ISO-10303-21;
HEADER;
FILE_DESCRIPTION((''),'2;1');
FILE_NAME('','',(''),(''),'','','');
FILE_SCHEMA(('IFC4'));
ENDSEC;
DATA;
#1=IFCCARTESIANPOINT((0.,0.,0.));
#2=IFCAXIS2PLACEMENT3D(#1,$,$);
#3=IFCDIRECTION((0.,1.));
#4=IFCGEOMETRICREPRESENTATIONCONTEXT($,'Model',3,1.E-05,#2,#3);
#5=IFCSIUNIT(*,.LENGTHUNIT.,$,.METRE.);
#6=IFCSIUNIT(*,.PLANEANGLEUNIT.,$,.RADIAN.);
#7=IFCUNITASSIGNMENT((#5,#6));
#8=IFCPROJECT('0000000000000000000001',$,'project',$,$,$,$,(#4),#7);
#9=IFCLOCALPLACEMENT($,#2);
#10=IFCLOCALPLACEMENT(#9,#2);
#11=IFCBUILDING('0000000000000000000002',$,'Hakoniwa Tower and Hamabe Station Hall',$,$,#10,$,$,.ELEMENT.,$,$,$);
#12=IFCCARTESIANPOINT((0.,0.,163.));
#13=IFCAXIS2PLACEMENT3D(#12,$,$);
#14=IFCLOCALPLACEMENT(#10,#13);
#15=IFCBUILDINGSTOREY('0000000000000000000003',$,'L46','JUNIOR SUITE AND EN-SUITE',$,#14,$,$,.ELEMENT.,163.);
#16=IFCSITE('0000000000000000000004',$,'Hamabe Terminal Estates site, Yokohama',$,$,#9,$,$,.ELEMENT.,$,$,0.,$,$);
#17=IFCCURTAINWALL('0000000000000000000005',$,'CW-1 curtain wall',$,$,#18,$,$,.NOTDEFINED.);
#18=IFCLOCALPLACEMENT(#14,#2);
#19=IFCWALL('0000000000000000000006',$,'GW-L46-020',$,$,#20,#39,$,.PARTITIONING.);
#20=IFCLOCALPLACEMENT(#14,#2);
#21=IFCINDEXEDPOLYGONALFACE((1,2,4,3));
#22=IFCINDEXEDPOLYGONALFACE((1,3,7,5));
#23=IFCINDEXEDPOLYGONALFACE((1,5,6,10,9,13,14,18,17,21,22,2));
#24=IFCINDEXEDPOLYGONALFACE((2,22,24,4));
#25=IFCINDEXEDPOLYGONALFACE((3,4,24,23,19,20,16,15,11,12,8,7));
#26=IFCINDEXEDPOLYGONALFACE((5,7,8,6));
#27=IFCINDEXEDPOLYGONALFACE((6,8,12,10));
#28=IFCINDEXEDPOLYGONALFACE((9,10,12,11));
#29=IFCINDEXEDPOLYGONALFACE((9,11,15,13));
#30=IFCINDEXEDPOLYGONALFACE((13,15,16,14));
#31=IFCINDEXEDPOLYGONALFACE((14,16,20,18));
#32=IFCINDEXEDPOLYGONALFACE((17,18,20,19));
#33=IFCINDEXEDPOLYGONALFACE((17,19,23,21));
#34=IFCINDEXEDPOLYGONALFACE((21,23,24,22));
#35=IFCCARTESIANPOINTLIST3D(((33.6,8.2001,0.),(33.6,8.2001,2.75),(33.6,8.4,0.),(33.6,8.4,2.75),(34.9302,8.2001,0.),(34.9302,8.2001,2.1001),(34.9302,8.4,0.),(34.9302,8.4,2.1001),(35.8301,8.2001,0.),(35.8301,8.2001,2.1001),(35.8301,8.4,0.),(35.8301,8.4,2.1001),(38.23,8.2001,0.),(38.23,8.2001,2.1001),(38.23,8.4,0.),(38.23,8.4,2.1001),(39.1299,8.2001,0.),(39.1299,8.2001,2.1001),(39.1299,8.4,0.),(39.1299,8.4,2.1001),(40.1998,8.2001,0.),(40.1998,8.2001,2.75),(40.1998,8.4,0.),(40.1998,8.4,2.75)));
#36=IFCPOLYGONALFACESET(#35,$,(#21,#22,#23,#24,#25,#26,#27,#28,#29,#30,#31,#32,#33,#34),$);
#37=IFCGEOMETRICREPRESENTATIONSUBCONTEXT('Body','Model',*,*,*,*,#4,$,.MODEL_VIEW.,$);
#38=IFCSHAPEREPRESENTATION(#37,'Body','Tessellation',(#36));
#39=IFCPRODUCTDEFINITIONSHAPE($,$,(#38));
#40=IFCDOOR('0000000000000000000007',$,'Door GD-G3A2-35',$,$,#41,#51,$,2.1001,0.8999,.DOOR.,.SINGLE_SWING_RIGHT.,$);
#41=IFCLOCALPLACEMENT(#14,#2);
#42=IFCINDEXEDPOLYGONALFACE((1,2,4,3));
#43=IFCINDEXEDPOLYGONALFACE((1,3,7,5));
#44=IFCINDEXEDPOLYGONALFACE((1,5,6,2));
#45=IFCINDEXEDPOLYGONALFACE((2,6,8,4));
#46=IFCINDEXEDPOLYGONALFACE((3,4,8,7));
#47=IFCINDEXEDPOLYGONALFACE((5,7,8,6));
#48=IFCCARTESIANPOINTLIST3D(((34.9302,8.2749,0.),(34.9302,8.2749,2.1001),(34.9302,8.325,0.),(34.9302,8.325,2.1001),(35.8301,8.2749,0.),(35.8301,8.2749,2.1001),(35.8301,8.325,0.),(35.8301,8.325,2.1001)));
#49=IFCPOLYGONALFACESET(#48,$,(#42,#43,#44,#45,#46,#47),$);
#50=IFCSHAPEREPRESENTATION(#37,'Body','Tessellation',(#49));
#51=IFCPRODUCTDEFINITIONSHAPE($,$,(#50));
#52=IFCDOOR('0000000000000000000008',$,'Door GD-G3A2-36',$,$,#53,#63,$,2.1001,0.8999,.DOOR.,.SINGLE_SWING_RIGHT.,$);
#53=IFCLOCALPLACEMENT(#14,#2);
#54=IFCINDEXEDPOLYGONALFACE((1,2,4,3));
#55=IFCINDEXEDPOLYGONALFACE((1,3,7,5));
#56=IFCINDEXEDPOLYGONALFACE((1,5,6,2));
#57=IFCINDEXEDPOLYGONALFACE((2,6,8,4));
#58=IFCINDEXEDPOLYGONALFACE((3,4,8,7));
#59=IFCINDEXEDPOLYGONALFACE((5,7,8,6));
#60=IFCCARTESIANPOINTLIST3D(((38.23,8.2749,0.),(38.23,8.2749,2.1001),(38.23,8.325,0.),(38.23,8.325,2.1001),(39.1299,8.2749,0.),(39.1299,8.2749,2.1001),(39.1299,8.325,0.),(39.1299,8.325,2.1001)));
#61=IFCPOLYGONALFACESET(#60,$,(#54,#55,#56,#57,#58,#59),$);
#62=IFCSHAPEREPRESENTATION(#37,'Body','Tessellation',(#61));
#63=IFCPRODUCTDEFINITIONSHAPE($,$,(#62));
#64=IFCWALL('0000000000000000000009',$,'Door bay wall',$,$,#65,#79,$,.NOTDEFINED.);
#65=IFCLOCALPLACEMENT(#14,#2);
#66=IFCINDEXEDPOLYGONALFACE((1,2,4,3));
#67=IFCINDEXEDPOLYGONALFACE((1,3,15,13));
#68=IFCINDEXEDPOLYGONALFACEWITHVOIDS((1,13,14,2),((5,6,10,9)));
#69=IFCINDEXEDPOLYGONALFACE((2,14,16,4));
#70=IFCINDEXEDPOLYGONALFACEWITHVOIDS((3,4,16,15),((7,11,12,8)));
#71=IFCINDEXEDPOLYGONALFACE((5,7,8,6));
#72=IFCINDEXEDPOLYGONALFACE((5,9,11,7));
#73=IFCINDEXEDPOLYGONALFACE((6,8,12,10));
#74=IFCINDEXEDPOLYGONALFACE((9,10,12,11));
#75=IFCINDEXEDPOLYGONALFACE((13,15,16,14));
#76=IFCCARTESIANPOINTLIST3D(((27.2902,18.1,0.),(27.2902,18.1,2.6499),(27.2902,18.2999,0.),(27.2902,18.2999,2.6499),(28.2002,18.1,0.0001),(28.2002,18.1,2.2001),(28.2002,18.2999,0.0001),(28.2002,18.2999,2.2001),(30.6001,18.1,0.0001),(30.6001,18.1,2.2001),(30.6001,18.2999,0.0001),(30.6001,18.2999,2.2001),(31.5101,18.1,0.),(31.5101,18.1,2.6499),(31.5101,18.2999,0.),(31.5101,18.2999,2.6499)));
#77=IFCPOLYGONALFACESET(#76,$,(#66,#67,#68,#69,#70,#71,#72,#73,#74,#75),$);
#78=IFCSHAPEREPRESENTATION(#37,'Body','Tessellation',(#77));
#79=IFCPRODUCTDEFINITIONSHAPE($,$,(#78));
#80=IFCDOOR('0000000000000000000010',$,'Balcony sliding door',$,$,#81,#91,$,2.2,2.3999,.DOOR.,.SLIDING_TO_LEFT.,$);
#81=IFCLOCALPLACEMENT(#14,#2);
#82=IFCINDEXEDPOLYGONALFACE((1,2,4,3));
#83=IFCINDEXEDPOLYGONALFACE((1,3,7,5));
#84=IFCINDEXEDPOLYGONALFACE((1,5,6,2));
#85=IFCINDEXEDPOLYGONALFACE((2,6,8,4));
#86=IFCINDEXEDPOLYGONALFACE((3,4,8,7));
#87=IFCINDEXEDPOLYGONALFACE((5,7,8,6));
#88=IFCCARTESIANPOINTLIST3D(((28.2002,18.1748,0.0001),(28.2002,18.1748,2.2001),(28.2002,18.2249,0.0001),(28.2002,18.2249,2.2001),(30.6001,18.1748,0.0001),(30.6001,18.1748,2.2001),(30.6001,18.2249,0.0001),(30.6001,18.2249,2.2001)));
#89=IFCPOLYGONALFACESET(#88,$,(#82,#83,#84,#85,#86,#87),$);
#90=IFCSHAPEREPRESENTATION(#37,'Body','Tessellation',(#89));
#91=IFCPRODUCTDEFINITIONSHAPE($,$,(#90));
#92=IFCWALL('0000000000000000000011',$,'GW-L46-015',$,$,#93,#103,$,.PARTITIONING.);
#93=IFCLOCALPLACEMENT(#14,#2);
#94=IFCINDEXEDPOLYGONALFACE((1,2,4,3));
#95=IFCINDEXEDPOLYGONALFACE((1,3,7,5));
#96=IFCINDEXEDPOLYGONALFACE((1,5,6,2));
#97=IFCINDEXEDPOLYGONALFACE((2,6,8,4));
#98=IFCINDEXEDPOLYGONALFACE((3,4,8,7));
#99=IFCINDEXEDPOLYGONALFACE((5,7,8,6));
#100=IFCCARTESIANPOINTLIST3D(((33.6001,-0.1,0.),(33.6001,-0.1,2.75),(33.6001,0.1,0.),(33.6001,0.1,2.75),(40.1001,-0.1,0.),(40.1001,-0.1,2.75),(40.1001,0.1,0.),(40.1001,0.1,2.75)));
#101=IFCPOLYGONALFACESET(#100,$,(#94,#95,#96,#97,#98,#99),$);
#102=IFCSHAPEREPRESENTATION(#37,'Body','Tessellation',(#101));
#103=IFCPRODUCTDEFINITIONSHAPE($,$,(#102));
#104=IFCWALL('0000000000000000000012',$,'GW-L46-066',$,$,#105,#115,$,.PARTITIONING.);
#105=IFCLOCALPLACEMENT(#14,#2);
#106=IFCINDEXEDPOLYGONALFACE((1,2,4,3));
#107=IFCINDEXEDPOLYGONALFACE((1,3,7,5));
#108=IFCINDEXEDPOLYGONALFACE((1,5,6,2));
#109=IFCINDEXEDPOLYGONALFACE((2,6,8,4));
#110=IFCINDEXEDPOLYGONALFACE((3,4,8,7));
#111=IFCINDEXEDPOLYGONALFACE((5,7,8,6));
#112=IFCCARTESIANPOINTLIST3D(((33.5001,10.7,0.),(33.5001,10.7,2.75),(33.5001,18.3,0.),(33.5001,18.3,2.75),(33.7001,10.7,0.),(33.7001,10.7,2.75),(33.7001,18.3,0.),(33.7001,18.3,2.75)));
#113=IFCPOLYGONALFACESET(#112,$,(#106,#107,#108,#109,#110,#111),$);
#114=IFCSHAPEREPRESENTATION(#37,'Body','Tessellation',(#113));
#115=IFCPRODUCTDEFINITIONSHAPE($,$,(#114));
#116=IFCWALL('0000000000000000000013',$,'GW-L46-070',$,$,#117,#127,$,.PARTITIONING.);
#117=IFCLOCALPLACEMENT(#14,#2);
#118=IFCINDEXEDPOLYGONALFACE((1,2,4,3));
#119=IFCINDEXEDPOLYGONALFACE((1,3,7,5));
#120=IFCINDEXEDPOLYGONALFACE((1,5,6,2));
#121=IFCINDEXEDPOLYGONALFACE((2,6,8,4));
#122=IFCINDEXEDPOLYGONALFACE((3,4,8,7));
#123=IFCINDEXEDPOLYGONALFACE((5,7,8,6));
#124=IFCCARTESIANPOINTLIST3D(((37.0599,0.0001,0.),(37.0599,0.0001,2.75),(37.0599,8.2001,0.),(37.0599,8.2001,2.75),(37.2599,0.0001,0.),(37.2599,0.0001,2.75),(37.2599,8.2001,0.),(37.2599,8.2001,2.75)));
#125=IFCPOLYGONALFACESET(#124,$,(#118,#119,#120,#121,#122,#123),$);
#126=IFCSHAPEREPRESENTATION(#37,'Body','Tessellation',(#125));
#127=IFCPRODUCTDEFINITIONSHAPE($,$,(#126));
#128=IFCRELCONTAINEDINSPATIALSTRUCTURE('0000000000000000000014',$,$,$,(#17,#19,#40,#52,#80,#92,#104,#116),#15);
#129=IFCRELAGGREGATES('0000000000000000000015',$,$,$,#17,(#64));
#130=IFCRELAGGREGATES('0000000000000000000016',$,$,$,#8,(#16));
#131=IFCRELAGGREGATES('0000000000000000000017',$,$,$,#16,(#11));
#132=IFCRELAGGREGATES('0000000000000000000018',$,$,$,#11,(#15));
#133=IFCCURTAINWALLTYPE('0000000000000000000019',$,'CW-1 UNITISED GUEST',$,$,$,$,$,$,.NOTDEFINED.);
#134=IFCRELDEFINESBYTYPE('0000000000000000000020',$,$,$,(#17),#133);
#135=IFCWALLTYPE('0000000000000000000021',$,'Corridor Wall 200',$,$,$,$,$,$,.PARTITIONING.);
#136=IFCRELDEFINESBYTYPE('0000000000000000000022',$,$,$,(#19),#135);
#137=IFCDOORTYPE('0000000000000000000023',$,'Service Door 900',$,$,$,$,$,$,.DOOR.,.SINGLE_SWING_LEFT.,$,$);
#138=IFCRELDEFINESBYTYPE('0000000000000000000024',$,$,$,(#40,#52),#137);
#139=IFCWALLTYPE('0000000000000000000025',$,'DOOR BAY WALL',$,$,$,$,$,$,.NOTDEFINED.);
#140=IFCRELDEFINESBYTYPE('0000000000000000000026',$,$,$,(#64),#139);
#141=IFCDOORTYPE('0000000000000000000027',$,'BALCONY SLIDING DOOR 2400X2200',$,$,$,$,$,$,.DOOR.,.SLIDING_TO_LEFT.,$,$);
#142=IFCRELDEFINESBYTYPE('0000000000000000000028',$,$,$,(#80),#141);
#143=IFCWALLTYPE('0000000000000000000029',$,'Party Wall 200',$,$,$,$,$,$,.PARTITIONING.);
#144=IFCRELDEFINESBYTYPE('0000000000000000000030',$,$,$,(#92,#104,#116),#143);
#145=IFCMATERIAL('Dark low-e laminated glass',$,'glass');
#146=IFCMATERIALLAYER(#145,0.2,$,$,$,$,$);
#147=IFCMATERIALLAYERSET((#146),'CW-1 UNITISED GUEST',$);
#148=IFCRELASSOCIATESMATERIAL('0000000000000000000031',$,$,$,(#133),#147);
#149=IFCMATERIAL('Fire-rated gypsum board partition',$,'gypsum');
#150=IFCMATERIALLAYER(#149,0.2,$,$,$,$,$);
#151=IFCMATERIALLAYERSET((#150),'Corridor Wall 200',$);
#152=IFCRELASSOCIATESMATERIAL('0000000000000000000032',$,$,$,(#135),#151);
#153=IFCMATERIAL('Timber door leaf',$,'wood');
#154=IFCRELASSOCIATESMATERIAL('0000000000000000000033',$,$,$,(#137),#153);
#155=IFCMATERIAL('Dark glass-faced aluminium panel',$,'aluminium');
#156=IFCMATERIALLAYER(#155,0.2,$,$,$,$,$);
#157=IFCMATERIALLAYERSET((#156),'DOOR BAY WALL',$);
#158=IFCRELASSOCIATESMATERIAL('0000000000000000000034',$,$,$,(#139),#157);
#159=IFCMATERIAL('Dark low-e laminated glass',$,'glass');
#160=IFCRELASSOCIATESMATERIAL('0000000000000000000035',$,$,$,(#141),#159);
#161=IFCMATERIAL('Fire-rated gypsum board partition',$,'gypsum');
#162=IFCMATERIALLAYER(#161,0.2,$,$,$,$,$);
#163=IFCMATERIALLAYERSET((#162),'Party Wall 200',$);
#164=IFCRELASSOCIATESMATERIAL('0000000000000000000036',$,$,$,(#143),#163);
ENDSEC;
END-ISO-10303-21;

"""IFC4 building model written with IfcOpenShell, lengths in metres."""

from ifc_helpers import new_model, si_unit, direction, frame, frame_2d, origin, place, context, subcontext, project, spatial, rectangle, extrude, material, layer, layer_set, type_object, element, fill, aggregate, save


model = new_model("IFC4")

# Units and contexts
model_context = context("Model", 3, precision=1e-05, world=origin(), true_north=direction((0.0, 1.0)))
body_context = subcontext(model_context, "Body", "Model", "MODEL_VIEW")
ifc_project = project(units=[si_unit("LENGTHUNIT", "METRE"), si_unit("PLANEANGLEUNIT", "RADIAN")], contexts=[model_context])

# Site, building, storey
site_placement = place(None, origin())
site = spatial("IfcSite", under=ifc_project, at=site_placement, Name="Hamabe Terminal Estates site, Yokohama", CompositionType="ELEMENT", RefElevation=0.0)
building_placement = place(site_placement, origin())
building = spatial("IfcBuilding", under=site, at=building_placement, Name="Hakoniwa Tower and Hamabe Station Hall", CompositionType="ELEMENT")
storey_placement = place(building_placement, frame((0.0, 0.0, 163.0)))
storey = spatial("IfcBuildingStorey", under=building, at=storey_placement, Name="L46", Description="JUNIOR SUITE AND EN-SUITE", CompositionType="ELEMENT", Elevation=163.0)

# Curtain wall
ifc_material_1 = material(Name="Dark low-e laminated glass", Category="glass")
ifc_layer_1 = layer(ifc_material_1, 0.2)
ifc_layer_set_1 = layer_set([ifc_layer_1], Name="CW-1 UNITISED GUEST")
curtain_wall_type = type_object("IfcCurtainWallType", Name="CW-1 UNITISED GUEST", PredefinedType="NOTDEFINED", material=ifc_layer_set_1)
curtain_wall_1_placement = place(storey_placement, origin())
curtain_wall_1 = element("IfcCurtainWall", 1, at=curtain_wall_1_placement, inside=storey, type_object=curtain_wall_type, Name="CW-1 curtain wall", PredefinedType="NOTDEFINED")

# Wall, openings, doors
ifc_material_2 = material(Name="Fire-rated gypsum board partition", Category="gypsum")
ifc_layer_2 = layer(ifc_material_2, 0.2)
ifc_layer_set_2 = layer_set([ifc_layer_2], Name="Corridor Wall 200")
wall_type_1 = type_object("IfcWallType", Name="Corridor Wall 200", PredefinedType="PARTITIONING", material=ifc_layer_set_2)
wall_1_placement = place(storey_placement, frame((33.6001, 8.3, 0.0), z_axis=(0.0, 0.0, 1.0), x_axis=(1.0, 0.0, 0.0)))
wall_1 = element("IfcWall", 2, at=wall_1_placement, inside=storey, type_object=wall_type_1, Name="GW-L46-020", PredefinedType="PARTITIONING", context=body_context, shape_type="SweptSolid", body=[
    extrude(rectangle(XDim=6.5999, YDim=0.2, at=frame_2d((3.2998, 0.0))), origin(), (0.0, 0.0, 1.0), 2.75),
])
opening_1_placement = place(wall_1_placement, frame((1.3301, 0.0, 0.0)))
opening_1 = element("IfcOpeningElement", 3, at=opening_1_placement, cuts=wall_1, PredefinedType="OPENING", context=body_context, shape_type="SweptSolid", body=[
    extrude(rectangle(XDim=0.8999, YDim=2.1001, at=frame_2d((0.45, 1.05))), frame((0.0, 0.1099, 0.0), z_axis=(0.0, -1.0, 0.0), x_axis=(1.0, 0.0, 0.0)), (0.0, 0.0, 1.0), 0.22),
])
opening_2_placement = place(wall_1_placement, frame((4.6299, 0.0, 0.0)))
opening_2 = element("IfcOpeningElement", 4, at=opening_2_placement, cuts=wall_1, PredefinedType="OPENING", context=body_context, shape_type="SweptSolid", body=[
    extrude(rectangle(XDim=0.8999, YDim=2.1001, at=frame_2d((0.45, 1.05))), frame((0.0, 0.1099, 0.0), z_axis=(0.0, -1.0, 0.0), x_axis=(1.0, 0.0, 0.0)), (0.0, 0.0, 1.0), 0.22),
])
ifc_material_3 = material(Name="Timber door leaf", Category="wood")
door_type_1 = type_object("IfcDoorType", Name="Service Door 900", OperationType="SINGLE_SWING_LEFT", PredefinedType="DOOR", material=ifc_material_3)
door_1_placement = place(opening_1_placement, origin())
door_1 = element("IfcDoor", 5, at=door_1_placement, inside=storey, type_object=door_type_1, Name="Door GD-G3A2-35", OperationType="SINGLE_SWING_RIGHT", OverallHeight=2.1001, OverallWidth=0.8999, PredefinedType="DOOR", context=body_context, shape_type="SweptSolid", body=[
    extrude(rectangle(XDim=0.8999, YDim=2.1001, at=frame_2d((0.45, 1.05))), frame((0.0, 0.0249, 0.0), z_axis=(0.0, -1.0, 0.0), x_axis=(1.0, 0.0, 0.0)), (0.0, 0.0, 1.0), 0.05),
])
fill(opening_1, door_1)
door_2_placement = place(opening_2_placement, origin())
door_2 = element("IfcDoor", 6, at=door_2_placement, inside=storey, type_object=door_type_1, Name="Door GD-G3A2-36", OperationType="SINGLE_SWING_RIGHT", OverallHeight=2.1001, OverallWidth=0.8999, PredefinedType="DOOR", context=body_context, shape_type="SweptSolid", body=[
    extrude(rectangle(XDim=0.8999, YDim=2.1001, at=frame_2d((0.45, 1.05))), frame((0.0, 0.0249, 0.0), z_axis=(0.0, -1.0, 0.0), x_axis=(1.0, 0.0, 0.0)), (0.0, 0.0, 1.0), 0.05),
])
fill(opening_2, door_2)

# Wall, opening, door
ifc_material_4 = material(Name="Dark glass-faced aluminium panel", Category="aluminium")
ifc_layer_3 = layer(ifc_material_4, 0.2)
ifc_layer_set_3 = layer_set([ifc_layer_3], Name="DOOR BAY WALL")
wall_type_2 = type_object("IfcWallType", Name="DOOR BAY WALL", PredefinedType="NOTDEFINED", material=ifc_layer_set_3)
wall_2_placement = place(storey_placement, frame((31.51, 18.2, 0.0), z_axis=(0.0, 0.0, 1.0), x_axis=(-1.0, 0.0, 0.0)))
wall_2 = element("IfcWall", 7, at=wall_2_placement, type_object=wall_type_2, Name="Door bay wall", PredefinedType="NOTDEFINED", context=body_context, shape_type="SweptSolid", body=[
    extrude(rectangle(XDim=4.22, YDim=0.2, at=frame_2d((2.1099, 0.0))), origin(), (0.0, 0.0, 1.0), 2.6499),
])
opening_3_placement = place(wall_2_placement, frame((0.9099, 0.0, 0.0)))
opening_3 = element("IfcOpeningElement", 8, at=opening_3_placement, cuts=wall_2, PredefinedType="OPENING", context=body_context, shape_type="SweptSolid", body=[
    extrude(rectangle(XDim=2.3999, YDim=2.2, at=frame_2d((1.2, 1.1001))), frame((0.0, 0.1099, 0.0), z_axis=(0.0, -1.0, 0.0), x_axis=(1.0, 0.0, 0.0)), (0.0, 0.0, 1.0), 0.22),
])
ifc_material_5 = material(Name="Dark low-e laminated glass", Category="glass")
door_type_2 = type_object("IfcDoorType", Name="BALCONY SLIDING DOOR 2400X2200", OperationType="SLIDING_TO_LEFT", PredefinedType="DOOR", material=ifc_material_5)
door_3_placement = place(opening_3_placement, frame((2.3999, 0.0, 0.0), z_axis=(0.0, 0.0, 1.0), x_axis=(-1.0, 0.0, 0.0)))
door_3 = element("IfcDoor", 9, at=door_3_placement, inside=storey, type_object=door_type_2, Name="Balcony sliding door", OperationType="SLIDING_TO_LEFT", OverallHeight=2.2, OverallWidth=2.3999, PredefinedType="DOOR", context=body_context, shape_type="SweptSolid", body=[
    extrude(rectangle(XDim=2.3999, YDim=2.2, at=frame_2d((1.2, 1.1001))), frame((0.0, 0.0249, 0.0), z_axis=(0.0, -1.0, 0.0), x_axis=(1.0, 0.0, 0.0)), (0.0, 0.0, 1.0), 0.05),
])
fill(opening_3, door_3)
aggregate(curtain_wall_1, [wall_2])

# Walls
ifc_material_6 = material(Name="Fire-rated gypsum board partition", Category="gypsum")
ifc_layer_4 = layer(ifc_material_6, 0.2)
ifc_layer_set_4 = layer_set([ifc_layer_4], Name="Party Wall 200")
wall_type_3 = type_object("IfcWallType", Name="Party Wall 200", PredefinedType="PARTITIONING", material=ifc_layer_set_4)
wall_3_placement = place(storey_placement, frame((33.6001, 0.0, 0.0), z_axis=(0.0, 0.0, 1.0), x_axis=(1.0, 0.0, 0.0)))
element("IfcWall", 10, at=wall_3_placement, inside=storey, type_object=wall_type_3, Name="GW-L46-015", PredefinedType="PARTITIONING", context=body_context, shape_type="SweptSolid", body=[
    extrude(rectangle(XDim=6.5, YDim=0.2, at=frame_2d((3.25, 0.0))), origin(), (0.0, 0.0, 1.0), 2.75),
])
wall_4_placement = place(storey_placement, frame((33.6001, 10.7, 0.0), z_axis=(0.0, 0.0, 1.0), x_axis=(0.0, 1.0, 0.0)))
element("IfcWall", 11, at=wall_4_placement, inside=storey, type_object=wall_type_3, Name="GW-L46-066", PredefinedType="PARTITIONING", context=body_context, shape_type="SweptSolid", body=[
    extrude(rectangle(XDim=7.6001, YDim=0.2, at=frame_2d((3.8, 0.0))), origin(), (0.0, 0.0, 1.0), 2.75),
])
wall_5_placement = place(storey_placement, frame((37.1599, 0.0, 0.0), z_axis=(0.0, 0.0, 1.0), x_axis=(0.0, 1.0, 0.0)))
element("IfcWall", 12, at=wall_5_placement, inside=storey, type_object=wall_type_3, Name="GW-L46-070", PredefinedType="PARTITIONING", context=body_context, shape_type="SweptSolid", body=[
    extrude(rectangle(XDim=8.2, YDim=0.2, at=frame_2d((4.1001, 0.0))), origin(), (0.0, 0.0, 1.0), 2.75),
])

save(model, "model.ifc")
